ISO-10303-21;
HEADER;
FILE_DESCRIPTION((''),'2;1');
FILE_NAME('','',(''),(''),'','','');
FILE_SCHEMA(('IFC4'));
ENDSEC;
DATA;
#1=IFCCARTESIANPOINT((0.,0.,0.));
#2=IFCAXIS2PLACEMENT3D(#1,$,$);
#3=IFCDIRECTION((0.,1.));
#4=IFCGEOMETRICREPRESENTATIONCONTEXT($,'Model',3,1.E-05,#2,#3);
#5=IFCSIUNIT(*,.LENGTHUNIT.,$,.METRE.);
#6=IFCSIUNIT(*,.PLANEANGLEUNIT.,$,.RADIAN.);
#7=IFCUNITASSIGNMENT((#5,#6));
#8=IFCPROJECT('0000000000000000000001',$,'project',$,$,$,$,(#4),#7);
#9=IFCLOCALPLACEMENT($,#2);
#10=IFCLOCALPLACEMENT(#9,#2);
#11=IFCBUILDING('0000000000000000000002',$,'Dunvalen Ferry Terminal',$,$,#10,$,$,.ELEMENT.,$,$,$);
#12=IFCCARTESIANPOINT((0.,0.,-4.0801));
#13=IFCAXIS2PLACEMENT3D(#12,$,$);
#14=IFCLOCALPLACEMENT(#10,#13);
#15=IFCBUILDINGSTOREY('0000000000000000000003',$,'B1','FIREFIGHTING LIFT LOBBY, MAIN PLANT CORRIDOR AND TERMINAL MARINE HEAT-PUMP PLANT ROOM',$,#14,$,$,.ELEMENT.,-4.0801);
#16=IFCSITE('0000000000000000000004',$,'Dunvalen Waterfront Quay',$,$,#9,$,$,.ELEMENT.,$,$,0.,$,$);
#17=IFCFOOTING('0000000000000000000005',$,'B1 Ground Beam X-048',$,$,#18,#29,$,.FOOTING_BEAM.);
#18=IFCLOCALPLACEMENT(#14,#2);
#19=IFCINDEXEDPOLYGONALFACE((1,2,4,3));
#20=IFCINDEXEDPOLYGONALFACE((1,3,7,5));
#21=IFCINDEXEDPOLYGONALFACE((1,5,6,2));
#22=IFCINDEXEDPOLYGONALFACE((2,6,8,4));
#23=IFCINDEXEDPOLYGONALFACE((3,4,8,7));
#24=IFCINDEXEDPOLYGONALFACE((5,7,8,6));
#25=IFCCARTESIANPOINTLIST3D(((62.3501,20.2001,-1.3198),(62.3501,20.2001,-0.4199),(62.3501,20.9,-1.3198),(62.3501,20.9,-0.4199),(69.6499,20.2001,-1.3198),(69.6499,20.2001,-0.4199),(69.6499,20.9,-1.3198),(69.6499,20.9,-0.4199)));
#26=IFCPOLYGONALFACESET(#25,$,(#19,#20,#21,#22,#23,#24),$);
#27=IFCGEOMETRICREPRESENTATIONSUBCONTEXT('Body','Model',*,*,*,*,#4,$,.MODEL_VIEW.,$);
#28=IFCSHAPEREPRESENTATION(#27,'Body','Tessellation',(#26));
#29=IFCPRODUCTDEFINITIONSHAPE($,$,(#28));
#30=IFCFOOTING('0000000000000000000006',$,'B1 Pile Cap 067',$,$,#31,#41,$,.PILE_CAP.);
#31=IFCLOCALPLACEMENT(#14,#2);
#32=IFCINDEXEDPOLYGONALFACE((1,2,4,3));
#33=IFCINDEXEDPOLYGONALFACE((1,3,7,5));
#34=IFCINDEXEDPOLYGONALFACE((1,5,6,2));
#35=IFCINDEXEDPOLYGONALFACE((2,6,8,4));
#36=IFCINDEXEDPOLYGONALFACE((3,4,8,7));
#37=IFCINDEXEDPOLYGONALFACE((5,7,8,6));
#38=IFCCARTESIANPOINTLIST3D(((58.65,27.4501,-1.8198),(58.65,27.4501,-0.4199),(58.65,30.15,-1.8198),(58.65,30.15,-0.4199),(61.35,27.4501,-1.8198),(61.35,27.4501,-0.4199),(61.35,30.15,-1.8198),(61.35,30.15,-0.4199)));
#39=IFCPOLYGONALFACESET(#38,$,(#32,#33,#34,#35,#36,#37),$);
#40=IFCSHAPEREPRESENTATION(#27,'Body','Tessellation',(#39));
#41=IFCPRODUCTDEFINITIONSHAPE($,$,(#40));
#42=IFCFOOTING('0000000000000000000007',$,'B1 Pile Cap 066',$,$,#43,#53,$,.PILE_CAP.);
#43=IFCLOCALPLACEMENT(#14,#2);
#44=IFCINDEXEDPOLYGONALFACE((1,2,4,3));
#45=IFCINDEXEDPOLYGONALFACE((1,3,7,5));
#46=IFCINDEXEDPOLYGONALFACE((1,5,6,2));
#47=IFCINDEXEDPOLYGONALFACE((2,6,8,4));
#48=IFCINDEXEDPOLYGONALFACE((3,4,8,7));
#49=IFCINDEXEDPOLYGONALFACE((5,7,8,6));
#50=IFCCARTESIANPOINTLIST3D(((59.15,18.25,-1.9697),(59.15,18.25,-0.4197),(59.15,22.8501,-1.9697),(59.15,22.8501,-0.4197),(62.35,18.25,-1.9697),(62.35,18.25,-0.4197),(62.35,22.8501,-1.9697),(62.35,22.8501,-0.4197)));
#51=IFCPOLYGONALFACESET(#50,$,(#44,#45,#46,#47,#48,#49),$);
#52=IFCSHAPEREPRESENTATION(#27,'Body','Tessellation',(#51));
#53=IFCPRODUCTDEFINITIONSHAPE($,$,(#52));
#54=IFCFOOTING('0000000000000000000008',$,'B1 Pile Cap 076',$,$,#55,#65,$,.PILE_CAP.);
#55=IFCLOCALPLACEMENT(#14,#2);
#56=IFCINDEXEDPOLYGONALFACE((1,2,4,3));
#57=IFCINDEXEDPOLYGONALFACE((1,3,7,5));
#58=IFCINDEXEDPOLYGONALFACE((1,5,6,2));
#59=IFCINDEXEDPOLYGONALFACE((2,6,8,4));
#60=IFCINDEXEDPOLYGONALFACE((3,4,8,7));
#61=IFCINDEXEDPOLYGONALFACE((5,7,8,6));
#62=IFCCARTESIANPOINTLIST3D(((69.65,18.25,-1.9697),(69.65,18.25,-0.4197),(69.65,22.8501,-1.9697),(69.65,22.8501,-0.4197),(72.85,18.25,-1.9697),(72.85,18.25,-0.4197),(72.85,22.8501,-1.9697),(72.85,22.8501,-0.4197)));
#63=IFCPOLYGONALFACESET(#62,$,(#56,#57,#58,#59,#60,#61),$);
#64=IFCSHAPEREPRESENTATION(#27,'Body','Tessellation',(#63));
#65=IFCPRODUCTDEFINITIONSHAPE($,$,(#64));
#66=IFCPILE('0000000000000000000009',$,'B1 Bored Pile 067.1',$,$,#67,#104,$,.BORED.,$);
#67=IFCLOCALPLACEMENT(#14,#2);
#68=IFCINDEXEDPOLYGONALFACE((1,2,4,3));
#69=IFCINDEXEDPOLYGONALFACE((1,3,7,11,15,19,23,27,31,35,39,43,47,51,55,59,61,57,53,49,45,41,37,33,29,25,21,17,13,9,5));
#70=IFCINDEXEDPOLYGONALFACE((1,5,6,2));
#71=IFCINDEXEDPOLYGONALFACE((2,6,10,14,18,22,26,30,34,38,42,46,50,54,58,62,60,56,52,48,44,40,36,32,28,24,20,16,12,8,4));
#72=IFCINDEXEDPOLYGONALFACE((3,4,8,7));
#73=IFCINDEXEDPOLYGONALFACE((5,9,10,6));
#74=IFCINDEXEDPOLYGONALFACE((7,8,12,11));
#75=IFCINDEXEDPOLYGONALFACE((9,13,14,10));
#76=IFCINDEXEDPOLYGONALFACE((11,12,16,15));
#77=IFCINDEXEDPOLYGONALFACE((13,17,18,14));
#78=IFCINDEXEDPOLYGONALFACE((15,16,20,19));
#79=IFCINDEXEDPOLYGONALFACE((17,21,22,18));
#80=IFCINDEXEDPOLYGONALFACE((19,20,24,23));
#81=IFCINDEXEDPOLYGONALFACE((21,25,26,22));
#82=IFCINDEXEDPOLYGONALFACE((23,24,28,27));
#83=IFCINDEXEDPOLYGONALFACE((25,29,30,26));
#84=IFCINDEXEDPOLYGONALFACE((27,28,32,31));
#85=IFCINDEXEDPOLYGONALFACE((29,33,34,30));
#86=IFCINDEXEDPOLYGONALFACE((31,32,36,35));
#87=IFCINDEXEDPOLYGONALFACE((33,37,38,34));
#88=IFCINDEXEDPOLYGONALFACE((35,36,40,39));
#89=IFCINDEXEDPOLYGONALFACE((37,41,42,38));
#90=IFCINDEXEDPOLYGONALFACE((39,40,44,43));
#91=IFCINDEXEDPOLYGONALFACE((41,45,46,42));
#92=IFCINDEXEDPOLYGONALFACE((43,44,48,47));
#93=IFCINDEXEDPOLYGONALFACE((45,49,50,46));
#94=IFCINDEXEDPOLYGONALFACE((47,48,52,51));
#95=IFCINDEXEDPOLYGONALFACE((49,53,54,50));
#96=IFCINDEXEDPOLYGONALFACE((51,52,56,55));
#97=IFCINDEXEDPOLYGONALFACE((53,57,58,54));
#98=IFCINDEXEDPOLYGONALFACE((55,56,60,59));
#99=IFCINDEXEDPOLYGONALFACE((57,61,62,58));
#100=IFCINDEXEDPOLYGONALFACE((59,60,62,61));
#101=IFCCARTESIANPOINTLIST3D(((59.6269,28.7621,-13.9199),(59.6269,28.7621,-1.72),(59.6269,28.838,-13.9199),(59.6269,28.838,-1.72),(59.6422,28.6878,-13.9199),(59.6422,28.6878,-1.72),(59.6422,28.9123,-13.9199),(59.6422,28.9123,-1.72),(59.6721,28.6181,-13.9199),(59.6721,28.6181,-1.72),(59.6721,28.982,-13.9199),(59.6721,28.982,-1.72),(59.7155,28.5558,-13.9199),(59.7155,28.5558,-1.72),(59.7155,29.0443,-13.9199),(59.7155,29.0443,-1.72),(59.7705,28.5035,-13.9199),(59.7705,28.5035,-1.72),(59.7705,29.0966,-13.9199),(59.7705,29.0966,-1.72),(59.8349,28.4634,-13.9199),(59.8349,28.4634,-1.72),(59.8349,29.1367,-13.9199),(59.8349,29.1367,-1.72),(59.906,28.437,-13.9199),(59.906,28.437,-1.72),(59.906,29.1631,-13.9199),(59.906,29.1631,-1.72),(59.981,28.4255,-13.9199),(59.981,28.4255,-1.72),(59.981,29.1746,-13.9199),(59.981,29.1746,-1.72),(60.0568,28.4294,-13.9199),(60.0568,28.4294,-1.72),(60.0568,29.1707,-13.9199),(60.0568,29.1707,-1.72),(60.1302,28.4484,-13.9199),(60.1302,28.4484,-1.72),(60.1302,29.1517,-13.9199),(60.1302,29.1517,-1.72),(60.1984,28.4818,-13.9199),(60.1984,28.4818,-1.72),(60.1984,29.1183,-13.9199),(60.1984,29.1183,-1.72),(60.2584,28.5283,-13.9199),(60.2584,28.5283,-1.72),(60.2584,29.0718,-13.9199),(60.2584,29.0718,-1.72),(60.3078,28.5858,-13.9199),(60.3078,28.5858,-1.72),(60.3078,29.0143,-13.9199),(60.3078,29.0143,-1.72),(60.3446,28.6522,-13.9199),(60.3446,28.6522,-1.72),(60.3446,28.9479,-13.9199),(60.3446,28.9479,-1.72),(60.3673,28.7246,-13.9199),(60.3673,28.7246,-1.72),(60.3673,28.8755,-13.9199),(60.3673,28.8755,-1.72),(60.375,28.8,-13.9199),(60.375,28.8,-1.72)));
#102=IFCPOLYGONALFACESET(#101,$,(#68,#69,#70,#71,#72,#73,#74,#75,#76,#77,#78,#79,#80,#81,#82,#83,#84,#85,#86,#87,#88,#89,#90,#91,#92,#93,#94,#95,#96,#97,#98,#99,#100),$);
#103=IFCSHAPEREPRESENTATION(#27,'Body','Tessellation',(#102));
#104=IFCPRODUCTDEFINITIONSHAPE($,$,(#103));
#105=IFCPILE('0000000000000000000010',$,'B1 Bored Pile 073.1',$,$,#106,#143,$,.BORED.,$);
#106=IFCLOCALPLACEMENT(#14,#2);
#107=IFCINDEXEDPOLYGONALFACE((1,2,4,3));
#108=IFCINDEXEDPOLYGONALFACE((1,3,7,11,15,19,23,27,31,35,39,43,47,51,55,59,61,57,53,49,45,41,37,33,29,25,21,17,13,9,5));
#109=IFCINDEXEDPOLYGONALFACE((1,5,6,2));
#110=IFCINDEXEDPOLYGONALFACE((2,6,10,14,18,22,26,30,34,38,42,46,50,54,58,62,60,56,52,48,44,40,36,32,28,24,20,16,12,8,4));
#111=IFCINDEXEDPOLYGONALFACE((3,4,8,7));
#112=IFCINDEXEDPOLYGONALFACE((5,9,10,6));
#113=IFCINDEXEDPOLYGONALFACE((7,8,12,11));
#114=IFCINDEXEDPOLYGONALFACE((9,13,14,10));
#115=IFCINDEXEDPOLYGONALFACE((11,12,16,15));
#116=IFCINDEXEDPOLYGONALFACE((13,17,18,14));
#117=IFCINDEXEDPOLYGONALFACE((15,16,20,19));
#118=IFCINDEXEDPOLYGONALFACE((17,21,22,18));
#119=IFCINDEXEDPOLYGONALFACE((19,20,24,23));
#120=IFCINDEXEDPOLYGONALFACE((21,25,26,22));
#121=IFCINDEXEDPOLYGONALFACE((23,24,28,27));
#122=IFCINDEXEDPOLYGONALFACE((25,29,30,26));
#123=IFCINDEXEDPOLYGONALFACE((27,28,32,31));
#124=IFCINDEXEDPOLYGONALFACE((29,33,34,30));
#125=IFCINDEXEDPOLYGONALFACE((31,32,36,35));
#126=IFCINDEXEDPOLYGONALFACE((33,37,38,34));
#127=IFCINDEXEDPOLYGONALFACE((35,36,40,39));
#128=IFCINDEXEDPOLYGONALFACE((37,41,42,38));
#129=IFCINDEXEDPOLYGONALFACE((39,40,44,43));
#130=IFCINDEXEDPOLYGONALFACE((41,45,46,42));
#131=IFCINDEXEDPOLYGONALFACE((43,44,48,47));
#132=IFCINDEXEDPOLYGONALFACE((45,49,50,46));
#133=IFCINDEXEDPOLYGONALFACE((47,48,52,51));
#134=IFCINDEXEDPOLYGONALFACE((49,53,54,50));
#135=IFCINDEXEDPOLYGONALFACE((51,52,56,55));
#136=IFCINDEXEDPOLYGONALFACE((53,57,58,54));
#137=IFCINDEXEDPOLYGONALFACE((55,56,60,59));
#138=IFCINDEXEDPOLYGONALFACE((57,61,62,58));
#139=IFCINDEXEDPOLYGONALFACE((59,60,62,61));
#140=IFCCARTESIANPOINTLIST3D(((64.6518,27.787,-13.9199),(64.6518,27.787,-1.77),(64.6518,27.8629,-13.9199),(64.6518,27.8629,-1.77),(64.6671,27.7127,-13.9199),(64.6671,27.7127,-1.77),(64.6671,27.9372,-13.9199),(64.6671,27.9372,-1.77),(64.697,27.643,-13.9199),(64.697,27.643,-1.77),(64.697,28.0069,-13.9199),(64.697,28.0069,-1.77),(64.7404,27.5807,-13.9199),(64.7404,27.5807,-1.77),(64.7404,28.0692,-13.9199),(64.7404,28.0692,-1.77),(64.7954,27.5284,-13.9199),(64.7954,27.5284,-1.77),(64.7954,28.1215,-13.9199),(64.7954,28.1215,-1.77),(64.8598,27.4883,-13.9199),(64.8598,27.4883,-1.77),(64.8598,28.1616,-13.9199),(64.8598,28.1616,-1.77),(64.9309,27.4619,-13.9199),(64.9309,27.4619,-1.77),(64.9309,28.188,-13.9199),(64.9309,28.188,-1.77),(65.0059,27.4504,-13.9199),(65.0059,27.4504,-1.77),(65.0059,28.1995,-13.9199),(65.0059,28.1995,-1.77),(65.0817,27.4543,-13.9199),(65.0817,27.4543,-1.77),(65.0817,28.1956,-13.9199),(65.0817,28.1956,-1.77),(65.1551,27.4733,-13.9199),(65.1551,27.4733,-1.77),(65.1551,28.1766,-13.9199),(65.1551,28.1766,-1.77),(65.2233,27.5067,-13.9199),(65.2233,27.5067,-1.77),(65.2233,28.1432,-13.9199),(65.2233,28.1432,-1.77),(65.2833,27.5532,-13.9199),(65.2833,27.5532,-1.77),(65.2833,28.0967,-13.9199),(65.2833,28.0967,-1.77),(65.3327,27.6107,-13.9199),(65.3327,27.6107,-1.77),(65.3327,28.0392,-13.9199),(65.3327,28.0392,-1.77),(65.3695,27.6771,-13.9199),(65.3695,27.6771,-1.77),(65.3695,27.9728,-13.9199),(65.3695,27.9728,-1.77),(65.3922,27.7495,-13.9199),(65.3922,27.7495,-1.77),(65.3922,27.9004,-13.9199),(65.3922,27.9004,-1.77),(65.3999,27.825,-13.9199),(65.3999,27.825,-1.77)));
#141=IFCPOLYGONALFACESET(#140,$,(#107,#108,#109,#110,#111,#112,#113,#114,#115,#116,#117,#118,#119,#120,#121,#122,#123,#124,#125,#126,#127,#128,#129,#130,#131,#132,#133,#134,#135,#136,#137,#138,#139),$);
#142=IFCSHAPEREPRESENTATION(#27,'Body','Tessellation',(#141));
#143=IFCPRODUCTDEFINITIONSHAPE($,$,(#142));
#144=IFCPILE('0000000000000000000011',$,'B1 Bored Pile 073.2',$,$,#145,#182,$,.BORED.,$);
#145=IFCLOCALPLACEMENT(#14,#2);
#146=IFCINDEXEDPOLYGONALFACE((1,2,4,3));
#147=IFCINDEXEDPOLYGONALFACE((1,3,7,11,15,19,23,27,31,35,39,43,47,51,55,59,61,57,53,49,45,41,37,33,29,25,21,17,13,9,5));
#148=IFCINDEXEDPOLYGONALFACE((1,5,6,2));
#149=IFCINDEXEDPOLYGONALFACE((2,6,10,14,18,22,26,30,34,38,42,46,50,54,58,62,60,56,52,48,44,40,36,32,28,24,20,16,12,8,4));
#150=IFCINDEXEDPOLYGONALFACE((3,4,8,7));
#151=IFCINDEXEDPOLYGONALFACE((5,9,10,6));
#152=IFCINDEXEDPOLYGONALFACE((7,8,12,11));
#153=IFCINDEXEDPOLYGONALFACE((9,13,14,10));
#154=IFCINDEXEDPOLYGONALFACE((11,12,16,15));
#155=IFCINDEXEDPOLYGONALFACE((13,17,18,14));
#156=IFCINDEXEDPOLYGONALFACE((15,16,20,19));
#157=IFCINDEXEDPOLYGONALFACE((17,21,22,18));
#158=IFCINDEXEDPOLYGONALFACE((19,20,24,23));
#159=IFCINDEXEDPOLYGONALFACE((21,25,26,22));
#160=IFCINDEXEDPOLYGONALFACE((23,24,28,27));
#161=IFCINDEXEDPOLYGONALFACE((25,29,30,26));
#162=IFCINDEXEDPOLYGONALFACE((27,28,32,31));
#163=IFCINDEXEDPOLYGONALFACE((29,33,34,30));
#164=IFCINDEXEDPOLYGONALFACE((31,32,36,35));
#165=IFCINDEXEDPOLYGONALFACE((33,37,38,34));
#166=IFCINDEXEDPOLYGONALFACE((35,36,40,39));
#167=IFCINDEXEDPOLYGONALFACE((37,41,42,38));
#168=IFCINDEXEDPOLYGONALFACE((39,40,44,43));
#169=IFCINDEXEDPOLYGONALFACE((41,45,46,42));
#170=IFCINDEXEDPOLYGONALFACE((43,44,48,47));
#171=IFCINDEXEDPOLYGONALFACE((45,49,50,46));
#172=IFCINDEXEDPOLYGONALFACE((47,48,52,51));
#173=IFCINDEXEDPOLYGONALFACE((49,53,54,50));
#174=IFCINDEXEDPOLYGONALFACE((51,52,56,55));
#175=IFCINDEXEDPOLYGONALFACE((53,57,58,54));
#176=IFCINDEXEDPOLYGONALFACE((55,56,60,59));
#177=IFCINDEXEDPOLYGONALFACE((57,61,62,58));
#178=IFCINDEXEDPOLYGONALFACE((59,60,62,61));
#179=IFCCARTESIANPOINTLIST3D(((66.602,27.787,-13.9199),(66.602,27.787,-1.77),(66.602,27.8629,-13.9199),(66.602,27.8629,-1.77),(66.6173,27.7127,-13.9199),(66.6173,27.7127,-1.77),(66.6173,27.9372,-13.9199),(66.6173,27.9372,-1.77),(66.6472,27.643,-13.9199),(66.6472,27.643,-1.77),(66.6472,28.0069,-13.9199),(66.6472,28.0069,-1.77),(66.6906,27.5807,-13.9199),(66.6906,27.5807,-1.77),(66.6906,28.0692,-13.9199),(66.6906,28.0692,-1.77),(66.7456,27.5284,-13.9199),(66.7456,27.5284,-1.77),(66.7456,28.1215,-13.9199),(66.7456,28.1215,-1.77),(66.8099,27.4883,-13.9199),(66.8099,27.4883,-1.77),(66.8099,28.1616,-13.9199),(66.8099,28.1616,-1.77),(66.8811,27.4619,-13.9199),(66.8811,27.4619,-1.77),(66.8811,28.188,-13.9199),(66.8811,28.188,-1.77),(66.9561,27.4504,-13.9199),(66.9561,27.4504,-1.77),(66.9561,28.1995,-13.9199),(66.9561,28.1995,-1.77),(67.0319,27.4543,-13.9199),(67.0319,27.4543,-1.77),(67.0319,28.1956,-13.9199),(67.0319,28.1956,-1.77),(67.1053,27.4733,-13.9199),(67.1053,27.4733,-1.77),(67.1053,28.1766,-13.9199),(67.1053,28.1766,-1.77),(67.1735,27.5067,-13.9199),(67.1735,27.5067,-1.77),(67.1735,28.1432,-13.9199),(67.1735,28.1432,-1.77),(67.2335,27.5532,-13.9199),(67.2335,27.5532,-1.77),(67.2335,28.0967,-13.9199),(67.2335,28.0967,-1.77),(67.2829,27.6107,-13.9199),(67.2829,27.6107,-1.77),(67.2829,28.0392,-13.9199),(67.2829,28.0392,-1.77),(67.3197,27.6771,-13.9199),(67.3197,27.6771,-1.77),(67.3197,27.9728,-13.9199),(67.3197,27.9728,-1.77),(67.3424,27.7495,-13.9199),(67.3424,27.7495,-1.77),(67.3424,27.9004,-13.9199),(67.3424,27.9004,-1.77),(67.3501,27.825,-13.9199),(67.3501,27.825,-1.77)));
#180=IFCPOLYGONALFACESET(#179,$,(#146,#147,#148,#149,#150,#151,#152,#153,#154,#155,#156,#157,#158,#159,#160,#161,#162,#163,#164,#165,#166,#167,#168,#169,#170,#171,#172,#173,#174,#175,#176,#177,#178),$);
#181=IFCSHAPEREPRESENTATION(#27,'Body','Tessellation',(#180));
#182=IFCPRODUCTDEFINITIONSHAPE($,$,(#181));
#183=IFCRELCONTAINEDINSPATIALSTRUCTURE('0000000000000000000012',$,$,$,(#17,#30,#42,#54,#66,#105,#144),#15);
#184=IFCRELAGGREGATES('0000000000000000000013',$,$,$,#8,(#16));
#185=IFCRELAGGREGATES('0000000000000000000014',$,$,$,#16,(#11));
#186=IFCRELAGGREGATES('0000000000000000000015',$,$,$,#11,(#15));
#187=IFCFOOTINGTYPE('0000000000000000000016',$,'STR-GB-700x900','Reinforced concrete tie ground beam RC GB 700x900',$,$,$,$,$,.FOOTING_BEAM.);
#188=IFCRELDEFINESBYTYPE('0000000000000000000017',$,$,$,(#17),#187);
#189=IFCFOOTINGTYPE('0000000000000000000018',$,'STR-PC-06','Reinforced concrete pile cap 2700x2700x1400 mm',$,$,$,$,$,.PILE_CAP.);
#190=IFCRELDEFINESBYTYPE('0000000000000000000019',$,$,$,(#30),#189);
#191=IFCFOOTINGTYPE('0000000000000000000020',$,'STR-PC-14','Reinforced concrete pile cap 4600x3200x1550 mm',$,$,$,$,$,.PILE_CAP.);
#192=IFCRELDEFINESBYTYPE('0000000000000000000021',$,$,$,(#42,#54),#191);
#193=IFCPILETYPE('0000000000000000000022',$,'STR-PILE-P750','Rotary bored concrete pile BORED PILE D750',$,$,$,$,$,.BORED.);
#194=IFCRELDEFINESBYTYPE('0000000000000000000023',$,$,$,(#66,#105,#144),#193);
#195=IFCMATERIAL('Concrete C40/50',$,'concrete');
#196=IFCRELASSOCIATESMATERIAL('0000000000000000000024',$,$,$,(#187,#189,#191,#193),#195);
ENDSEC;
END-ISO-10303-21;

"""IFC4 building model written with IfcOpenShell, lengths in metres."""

from ifc_helpers import new_model, si_unit, direction, frame, origin, origin_2d, place, context, subcontext, project, spatial, rectangle, circle, extrude, material, material_profile, profile_set, type_object, element, save


model = new_model("IFC4")

# Units and contexts
model_context = context("Model", 3, precision=1e-05, world=origin(), true_north=direction((0.0, 1.0)))
body_context = subcontext(model_context, "Body", "Model", "MODEL_VIEW")
ifc_project = project(units=[si_unit("LENGTHUNIT", "METRE"), si_unit("PLANEANGLEUNIT", "RADIAN")], contexts=[model_context])

# Site, building, storey
site_placement = place(None, origin())
site = spatial("IfcSite", under=ifc_project, at=site_placement, Name="Dunvalen Waterfront Quay", CompositionType="ELEMENT", RefElevation=0.0)
building_placement = place(site_placement, origin())
building = spatial("IfcBuilding", under=site, at=building_placement, Name="Dunvalen Ferry Terminal", CompositionType="ELEMENT")
storey_placement = place(building_placement, frame((0.0, 0.0, -4.0801)))
storey = spatial("IfcBuildingStorey", under=building, at=storey_placement, Name="B1", Description="FIREFIGHTING LIFT LOBBY, MAIN PLANT CORRIDOR AND TERMINAL MARINE HEAT-PUMP PLANT ROOM", CompositionType="ELEMENT", Elevation=-4.0801)

# Footings
ifc_material_1 = material(Name="Concrete C40/50", Category="concrete")
ifc_material_profile_1 = material_profile(ifc_material_1, rectangle(XDim=0.7, YDim=0.8999, at=origin_2d()), Name="Concrete C40/50")
ifc_profile_set_1 = profile_set([ifc_material_profile_1], Name="Concrete C40/50")
footing_type_1 = type_object("IfcFootingType", Name="STR-GB-700x900", Description="Reinforced concrete tie ground beam RC GB 700x900", PredefinedType="FOOTING_BEAM", material=ifc_profile_set_1)
footing_1_placement = place(storey_placement, frame((62.3501, 20.55, -0.8699), z_axis=(1.0, 0.0, 0.0), x_axis=(0.0, 1.0, 0.0)))
element("IfcFooting", 1, at=footing_1_placement, inside=storey, type_object=footing_type_1, Name="B1 Ground Beam X-048", PredefinedType="FOOTING_BEAM", context=body_context, shape_type="SweptSolid", body=[
    extrude(rectangle(XDim=0.7, YDim=0.8999, at=origin_2d()), origin(), (0.0, 0.0, 1.0), 7.2998),
])
footing_type_2 = type_object("IfcFootingType", Name="STR-PC-06", Description="Reinforced concrete pile cap 2700x2700x1400 mm", PredefinedType="PILE_CAP", material=ifc_material_1)
footing_2_placement = place(storey_placement, frame((60.0, 28.8, -1.8198), z_axis=(0.0, 0.0, 1.0), x_axis=(1.0, 0.0, 0.0)))
element("IfcFooting", 2, at=footing_2_placement, inside=storey, type_object=footing_type_2, Name="B1 Pile Cap 067", PredefinedType="PILE_CAP", context=body_context, shape_type="SweptSolid", body=[
    extrude(rectangle(XDim=2.7, YDim=2.7, at=origin_2d()), origin(), (0.0, 0.0, 1.0), 1.3999),
])
footing_type_3 = type_object("IfcFootingType", Name="STR-PC-14", Description="Reinforced concrete pile cap 4600x3200x1550 mm", PredefinedType="PILE_CAP", material=ifc_material_1)
for number, where, z_axis, x_axis, name in (
    (3, (60.75, 20.55, -1.9697), (0.0, 0.0, 1.0), (0.0, 1.0, 0.0), "B1 Pile Cap 066"),
    (4, (71.25, 20.55, -1.9697), (0.0, 0.0, 1.0), (0.0, 1.0, 0.0), "B1 Pile Cap 076"),
):
    element("IfcFooting", number, at=place(storey_placement, frame(where, z_axis=z_axis, x_axis=x_axis)), inside=storey, type_object=footing_type_3, Name=name, PredefinedType="PILE_CAP", context=body_context, shape_type="SweptSolid", body=[
        extrude(rectangle(XDim=4.6001, YDim=3.2, at=origin_2d()), origin(), (0.0, 0.0, 1.0), 1.55),
    ])

# Piles
ifc_material_profile_2 = material_profile(ifc_material_1, circle(Radius=0.375, at=origin_2d()), Name="Concrete C40/50")
ifc_profile_set_2 = profile_set([ifc_material_profile_2], Name="Concrete C40/50")
pile_type_1 = type_object("IfcPileType", Name="STR-PILE-P750", Description="Rotary bored concrete pile BORED PILE D750", PredefinedType="BORED", material=ifc_profile_set_2)
pile_placement = place(storey_placement, frame((60.0, 28.8, -1.72), z_axis=(0.0, 0.0, -1.0), x_axis=(1.0, 0.0, 0.0)))
element("IfcPile", 5, at=pile_placement, inside=storey, type_object=pile_type_1, Name="B1 Bored Pile 067.1", PredefinedType="BORED", context=body_context, shape_type="SweptSolid", body=[
    extrude(circle(Radius=0.375, at=origin_2d()), origin(), (0.0, 0.0, 1.0), 12.2),
])
for number, where, z_axis, x_axis, name in (
    (6, (65.0249, 27.825, -1.77), (0.0, 0.0, -1.0), (1.0, 0.0, 0.0), "B1 Bored Pile 073.1"),
    (7, (66.9751, 27.825, -1.77), (0.0, 0.0, -1.0), (1.0, 0.0, 0.0), "B1 Bored Pile 073.2"),
):
    element("IfcPile", number, at=place(storey_placement, frame(where, z_axis=z_axis, x_axis=x_axis)), inside=storey, type_object=pile_type_1, Name=name, PredefinedType="BORED", context=body_context, shape_type="SweptSolid", body=[
        extrude(circle(Radius=0.375, at=origin_2d()), origin(), (0.0, 0.0, 1.0), 12.1499),
    ])

save(model, "model.ifc")
